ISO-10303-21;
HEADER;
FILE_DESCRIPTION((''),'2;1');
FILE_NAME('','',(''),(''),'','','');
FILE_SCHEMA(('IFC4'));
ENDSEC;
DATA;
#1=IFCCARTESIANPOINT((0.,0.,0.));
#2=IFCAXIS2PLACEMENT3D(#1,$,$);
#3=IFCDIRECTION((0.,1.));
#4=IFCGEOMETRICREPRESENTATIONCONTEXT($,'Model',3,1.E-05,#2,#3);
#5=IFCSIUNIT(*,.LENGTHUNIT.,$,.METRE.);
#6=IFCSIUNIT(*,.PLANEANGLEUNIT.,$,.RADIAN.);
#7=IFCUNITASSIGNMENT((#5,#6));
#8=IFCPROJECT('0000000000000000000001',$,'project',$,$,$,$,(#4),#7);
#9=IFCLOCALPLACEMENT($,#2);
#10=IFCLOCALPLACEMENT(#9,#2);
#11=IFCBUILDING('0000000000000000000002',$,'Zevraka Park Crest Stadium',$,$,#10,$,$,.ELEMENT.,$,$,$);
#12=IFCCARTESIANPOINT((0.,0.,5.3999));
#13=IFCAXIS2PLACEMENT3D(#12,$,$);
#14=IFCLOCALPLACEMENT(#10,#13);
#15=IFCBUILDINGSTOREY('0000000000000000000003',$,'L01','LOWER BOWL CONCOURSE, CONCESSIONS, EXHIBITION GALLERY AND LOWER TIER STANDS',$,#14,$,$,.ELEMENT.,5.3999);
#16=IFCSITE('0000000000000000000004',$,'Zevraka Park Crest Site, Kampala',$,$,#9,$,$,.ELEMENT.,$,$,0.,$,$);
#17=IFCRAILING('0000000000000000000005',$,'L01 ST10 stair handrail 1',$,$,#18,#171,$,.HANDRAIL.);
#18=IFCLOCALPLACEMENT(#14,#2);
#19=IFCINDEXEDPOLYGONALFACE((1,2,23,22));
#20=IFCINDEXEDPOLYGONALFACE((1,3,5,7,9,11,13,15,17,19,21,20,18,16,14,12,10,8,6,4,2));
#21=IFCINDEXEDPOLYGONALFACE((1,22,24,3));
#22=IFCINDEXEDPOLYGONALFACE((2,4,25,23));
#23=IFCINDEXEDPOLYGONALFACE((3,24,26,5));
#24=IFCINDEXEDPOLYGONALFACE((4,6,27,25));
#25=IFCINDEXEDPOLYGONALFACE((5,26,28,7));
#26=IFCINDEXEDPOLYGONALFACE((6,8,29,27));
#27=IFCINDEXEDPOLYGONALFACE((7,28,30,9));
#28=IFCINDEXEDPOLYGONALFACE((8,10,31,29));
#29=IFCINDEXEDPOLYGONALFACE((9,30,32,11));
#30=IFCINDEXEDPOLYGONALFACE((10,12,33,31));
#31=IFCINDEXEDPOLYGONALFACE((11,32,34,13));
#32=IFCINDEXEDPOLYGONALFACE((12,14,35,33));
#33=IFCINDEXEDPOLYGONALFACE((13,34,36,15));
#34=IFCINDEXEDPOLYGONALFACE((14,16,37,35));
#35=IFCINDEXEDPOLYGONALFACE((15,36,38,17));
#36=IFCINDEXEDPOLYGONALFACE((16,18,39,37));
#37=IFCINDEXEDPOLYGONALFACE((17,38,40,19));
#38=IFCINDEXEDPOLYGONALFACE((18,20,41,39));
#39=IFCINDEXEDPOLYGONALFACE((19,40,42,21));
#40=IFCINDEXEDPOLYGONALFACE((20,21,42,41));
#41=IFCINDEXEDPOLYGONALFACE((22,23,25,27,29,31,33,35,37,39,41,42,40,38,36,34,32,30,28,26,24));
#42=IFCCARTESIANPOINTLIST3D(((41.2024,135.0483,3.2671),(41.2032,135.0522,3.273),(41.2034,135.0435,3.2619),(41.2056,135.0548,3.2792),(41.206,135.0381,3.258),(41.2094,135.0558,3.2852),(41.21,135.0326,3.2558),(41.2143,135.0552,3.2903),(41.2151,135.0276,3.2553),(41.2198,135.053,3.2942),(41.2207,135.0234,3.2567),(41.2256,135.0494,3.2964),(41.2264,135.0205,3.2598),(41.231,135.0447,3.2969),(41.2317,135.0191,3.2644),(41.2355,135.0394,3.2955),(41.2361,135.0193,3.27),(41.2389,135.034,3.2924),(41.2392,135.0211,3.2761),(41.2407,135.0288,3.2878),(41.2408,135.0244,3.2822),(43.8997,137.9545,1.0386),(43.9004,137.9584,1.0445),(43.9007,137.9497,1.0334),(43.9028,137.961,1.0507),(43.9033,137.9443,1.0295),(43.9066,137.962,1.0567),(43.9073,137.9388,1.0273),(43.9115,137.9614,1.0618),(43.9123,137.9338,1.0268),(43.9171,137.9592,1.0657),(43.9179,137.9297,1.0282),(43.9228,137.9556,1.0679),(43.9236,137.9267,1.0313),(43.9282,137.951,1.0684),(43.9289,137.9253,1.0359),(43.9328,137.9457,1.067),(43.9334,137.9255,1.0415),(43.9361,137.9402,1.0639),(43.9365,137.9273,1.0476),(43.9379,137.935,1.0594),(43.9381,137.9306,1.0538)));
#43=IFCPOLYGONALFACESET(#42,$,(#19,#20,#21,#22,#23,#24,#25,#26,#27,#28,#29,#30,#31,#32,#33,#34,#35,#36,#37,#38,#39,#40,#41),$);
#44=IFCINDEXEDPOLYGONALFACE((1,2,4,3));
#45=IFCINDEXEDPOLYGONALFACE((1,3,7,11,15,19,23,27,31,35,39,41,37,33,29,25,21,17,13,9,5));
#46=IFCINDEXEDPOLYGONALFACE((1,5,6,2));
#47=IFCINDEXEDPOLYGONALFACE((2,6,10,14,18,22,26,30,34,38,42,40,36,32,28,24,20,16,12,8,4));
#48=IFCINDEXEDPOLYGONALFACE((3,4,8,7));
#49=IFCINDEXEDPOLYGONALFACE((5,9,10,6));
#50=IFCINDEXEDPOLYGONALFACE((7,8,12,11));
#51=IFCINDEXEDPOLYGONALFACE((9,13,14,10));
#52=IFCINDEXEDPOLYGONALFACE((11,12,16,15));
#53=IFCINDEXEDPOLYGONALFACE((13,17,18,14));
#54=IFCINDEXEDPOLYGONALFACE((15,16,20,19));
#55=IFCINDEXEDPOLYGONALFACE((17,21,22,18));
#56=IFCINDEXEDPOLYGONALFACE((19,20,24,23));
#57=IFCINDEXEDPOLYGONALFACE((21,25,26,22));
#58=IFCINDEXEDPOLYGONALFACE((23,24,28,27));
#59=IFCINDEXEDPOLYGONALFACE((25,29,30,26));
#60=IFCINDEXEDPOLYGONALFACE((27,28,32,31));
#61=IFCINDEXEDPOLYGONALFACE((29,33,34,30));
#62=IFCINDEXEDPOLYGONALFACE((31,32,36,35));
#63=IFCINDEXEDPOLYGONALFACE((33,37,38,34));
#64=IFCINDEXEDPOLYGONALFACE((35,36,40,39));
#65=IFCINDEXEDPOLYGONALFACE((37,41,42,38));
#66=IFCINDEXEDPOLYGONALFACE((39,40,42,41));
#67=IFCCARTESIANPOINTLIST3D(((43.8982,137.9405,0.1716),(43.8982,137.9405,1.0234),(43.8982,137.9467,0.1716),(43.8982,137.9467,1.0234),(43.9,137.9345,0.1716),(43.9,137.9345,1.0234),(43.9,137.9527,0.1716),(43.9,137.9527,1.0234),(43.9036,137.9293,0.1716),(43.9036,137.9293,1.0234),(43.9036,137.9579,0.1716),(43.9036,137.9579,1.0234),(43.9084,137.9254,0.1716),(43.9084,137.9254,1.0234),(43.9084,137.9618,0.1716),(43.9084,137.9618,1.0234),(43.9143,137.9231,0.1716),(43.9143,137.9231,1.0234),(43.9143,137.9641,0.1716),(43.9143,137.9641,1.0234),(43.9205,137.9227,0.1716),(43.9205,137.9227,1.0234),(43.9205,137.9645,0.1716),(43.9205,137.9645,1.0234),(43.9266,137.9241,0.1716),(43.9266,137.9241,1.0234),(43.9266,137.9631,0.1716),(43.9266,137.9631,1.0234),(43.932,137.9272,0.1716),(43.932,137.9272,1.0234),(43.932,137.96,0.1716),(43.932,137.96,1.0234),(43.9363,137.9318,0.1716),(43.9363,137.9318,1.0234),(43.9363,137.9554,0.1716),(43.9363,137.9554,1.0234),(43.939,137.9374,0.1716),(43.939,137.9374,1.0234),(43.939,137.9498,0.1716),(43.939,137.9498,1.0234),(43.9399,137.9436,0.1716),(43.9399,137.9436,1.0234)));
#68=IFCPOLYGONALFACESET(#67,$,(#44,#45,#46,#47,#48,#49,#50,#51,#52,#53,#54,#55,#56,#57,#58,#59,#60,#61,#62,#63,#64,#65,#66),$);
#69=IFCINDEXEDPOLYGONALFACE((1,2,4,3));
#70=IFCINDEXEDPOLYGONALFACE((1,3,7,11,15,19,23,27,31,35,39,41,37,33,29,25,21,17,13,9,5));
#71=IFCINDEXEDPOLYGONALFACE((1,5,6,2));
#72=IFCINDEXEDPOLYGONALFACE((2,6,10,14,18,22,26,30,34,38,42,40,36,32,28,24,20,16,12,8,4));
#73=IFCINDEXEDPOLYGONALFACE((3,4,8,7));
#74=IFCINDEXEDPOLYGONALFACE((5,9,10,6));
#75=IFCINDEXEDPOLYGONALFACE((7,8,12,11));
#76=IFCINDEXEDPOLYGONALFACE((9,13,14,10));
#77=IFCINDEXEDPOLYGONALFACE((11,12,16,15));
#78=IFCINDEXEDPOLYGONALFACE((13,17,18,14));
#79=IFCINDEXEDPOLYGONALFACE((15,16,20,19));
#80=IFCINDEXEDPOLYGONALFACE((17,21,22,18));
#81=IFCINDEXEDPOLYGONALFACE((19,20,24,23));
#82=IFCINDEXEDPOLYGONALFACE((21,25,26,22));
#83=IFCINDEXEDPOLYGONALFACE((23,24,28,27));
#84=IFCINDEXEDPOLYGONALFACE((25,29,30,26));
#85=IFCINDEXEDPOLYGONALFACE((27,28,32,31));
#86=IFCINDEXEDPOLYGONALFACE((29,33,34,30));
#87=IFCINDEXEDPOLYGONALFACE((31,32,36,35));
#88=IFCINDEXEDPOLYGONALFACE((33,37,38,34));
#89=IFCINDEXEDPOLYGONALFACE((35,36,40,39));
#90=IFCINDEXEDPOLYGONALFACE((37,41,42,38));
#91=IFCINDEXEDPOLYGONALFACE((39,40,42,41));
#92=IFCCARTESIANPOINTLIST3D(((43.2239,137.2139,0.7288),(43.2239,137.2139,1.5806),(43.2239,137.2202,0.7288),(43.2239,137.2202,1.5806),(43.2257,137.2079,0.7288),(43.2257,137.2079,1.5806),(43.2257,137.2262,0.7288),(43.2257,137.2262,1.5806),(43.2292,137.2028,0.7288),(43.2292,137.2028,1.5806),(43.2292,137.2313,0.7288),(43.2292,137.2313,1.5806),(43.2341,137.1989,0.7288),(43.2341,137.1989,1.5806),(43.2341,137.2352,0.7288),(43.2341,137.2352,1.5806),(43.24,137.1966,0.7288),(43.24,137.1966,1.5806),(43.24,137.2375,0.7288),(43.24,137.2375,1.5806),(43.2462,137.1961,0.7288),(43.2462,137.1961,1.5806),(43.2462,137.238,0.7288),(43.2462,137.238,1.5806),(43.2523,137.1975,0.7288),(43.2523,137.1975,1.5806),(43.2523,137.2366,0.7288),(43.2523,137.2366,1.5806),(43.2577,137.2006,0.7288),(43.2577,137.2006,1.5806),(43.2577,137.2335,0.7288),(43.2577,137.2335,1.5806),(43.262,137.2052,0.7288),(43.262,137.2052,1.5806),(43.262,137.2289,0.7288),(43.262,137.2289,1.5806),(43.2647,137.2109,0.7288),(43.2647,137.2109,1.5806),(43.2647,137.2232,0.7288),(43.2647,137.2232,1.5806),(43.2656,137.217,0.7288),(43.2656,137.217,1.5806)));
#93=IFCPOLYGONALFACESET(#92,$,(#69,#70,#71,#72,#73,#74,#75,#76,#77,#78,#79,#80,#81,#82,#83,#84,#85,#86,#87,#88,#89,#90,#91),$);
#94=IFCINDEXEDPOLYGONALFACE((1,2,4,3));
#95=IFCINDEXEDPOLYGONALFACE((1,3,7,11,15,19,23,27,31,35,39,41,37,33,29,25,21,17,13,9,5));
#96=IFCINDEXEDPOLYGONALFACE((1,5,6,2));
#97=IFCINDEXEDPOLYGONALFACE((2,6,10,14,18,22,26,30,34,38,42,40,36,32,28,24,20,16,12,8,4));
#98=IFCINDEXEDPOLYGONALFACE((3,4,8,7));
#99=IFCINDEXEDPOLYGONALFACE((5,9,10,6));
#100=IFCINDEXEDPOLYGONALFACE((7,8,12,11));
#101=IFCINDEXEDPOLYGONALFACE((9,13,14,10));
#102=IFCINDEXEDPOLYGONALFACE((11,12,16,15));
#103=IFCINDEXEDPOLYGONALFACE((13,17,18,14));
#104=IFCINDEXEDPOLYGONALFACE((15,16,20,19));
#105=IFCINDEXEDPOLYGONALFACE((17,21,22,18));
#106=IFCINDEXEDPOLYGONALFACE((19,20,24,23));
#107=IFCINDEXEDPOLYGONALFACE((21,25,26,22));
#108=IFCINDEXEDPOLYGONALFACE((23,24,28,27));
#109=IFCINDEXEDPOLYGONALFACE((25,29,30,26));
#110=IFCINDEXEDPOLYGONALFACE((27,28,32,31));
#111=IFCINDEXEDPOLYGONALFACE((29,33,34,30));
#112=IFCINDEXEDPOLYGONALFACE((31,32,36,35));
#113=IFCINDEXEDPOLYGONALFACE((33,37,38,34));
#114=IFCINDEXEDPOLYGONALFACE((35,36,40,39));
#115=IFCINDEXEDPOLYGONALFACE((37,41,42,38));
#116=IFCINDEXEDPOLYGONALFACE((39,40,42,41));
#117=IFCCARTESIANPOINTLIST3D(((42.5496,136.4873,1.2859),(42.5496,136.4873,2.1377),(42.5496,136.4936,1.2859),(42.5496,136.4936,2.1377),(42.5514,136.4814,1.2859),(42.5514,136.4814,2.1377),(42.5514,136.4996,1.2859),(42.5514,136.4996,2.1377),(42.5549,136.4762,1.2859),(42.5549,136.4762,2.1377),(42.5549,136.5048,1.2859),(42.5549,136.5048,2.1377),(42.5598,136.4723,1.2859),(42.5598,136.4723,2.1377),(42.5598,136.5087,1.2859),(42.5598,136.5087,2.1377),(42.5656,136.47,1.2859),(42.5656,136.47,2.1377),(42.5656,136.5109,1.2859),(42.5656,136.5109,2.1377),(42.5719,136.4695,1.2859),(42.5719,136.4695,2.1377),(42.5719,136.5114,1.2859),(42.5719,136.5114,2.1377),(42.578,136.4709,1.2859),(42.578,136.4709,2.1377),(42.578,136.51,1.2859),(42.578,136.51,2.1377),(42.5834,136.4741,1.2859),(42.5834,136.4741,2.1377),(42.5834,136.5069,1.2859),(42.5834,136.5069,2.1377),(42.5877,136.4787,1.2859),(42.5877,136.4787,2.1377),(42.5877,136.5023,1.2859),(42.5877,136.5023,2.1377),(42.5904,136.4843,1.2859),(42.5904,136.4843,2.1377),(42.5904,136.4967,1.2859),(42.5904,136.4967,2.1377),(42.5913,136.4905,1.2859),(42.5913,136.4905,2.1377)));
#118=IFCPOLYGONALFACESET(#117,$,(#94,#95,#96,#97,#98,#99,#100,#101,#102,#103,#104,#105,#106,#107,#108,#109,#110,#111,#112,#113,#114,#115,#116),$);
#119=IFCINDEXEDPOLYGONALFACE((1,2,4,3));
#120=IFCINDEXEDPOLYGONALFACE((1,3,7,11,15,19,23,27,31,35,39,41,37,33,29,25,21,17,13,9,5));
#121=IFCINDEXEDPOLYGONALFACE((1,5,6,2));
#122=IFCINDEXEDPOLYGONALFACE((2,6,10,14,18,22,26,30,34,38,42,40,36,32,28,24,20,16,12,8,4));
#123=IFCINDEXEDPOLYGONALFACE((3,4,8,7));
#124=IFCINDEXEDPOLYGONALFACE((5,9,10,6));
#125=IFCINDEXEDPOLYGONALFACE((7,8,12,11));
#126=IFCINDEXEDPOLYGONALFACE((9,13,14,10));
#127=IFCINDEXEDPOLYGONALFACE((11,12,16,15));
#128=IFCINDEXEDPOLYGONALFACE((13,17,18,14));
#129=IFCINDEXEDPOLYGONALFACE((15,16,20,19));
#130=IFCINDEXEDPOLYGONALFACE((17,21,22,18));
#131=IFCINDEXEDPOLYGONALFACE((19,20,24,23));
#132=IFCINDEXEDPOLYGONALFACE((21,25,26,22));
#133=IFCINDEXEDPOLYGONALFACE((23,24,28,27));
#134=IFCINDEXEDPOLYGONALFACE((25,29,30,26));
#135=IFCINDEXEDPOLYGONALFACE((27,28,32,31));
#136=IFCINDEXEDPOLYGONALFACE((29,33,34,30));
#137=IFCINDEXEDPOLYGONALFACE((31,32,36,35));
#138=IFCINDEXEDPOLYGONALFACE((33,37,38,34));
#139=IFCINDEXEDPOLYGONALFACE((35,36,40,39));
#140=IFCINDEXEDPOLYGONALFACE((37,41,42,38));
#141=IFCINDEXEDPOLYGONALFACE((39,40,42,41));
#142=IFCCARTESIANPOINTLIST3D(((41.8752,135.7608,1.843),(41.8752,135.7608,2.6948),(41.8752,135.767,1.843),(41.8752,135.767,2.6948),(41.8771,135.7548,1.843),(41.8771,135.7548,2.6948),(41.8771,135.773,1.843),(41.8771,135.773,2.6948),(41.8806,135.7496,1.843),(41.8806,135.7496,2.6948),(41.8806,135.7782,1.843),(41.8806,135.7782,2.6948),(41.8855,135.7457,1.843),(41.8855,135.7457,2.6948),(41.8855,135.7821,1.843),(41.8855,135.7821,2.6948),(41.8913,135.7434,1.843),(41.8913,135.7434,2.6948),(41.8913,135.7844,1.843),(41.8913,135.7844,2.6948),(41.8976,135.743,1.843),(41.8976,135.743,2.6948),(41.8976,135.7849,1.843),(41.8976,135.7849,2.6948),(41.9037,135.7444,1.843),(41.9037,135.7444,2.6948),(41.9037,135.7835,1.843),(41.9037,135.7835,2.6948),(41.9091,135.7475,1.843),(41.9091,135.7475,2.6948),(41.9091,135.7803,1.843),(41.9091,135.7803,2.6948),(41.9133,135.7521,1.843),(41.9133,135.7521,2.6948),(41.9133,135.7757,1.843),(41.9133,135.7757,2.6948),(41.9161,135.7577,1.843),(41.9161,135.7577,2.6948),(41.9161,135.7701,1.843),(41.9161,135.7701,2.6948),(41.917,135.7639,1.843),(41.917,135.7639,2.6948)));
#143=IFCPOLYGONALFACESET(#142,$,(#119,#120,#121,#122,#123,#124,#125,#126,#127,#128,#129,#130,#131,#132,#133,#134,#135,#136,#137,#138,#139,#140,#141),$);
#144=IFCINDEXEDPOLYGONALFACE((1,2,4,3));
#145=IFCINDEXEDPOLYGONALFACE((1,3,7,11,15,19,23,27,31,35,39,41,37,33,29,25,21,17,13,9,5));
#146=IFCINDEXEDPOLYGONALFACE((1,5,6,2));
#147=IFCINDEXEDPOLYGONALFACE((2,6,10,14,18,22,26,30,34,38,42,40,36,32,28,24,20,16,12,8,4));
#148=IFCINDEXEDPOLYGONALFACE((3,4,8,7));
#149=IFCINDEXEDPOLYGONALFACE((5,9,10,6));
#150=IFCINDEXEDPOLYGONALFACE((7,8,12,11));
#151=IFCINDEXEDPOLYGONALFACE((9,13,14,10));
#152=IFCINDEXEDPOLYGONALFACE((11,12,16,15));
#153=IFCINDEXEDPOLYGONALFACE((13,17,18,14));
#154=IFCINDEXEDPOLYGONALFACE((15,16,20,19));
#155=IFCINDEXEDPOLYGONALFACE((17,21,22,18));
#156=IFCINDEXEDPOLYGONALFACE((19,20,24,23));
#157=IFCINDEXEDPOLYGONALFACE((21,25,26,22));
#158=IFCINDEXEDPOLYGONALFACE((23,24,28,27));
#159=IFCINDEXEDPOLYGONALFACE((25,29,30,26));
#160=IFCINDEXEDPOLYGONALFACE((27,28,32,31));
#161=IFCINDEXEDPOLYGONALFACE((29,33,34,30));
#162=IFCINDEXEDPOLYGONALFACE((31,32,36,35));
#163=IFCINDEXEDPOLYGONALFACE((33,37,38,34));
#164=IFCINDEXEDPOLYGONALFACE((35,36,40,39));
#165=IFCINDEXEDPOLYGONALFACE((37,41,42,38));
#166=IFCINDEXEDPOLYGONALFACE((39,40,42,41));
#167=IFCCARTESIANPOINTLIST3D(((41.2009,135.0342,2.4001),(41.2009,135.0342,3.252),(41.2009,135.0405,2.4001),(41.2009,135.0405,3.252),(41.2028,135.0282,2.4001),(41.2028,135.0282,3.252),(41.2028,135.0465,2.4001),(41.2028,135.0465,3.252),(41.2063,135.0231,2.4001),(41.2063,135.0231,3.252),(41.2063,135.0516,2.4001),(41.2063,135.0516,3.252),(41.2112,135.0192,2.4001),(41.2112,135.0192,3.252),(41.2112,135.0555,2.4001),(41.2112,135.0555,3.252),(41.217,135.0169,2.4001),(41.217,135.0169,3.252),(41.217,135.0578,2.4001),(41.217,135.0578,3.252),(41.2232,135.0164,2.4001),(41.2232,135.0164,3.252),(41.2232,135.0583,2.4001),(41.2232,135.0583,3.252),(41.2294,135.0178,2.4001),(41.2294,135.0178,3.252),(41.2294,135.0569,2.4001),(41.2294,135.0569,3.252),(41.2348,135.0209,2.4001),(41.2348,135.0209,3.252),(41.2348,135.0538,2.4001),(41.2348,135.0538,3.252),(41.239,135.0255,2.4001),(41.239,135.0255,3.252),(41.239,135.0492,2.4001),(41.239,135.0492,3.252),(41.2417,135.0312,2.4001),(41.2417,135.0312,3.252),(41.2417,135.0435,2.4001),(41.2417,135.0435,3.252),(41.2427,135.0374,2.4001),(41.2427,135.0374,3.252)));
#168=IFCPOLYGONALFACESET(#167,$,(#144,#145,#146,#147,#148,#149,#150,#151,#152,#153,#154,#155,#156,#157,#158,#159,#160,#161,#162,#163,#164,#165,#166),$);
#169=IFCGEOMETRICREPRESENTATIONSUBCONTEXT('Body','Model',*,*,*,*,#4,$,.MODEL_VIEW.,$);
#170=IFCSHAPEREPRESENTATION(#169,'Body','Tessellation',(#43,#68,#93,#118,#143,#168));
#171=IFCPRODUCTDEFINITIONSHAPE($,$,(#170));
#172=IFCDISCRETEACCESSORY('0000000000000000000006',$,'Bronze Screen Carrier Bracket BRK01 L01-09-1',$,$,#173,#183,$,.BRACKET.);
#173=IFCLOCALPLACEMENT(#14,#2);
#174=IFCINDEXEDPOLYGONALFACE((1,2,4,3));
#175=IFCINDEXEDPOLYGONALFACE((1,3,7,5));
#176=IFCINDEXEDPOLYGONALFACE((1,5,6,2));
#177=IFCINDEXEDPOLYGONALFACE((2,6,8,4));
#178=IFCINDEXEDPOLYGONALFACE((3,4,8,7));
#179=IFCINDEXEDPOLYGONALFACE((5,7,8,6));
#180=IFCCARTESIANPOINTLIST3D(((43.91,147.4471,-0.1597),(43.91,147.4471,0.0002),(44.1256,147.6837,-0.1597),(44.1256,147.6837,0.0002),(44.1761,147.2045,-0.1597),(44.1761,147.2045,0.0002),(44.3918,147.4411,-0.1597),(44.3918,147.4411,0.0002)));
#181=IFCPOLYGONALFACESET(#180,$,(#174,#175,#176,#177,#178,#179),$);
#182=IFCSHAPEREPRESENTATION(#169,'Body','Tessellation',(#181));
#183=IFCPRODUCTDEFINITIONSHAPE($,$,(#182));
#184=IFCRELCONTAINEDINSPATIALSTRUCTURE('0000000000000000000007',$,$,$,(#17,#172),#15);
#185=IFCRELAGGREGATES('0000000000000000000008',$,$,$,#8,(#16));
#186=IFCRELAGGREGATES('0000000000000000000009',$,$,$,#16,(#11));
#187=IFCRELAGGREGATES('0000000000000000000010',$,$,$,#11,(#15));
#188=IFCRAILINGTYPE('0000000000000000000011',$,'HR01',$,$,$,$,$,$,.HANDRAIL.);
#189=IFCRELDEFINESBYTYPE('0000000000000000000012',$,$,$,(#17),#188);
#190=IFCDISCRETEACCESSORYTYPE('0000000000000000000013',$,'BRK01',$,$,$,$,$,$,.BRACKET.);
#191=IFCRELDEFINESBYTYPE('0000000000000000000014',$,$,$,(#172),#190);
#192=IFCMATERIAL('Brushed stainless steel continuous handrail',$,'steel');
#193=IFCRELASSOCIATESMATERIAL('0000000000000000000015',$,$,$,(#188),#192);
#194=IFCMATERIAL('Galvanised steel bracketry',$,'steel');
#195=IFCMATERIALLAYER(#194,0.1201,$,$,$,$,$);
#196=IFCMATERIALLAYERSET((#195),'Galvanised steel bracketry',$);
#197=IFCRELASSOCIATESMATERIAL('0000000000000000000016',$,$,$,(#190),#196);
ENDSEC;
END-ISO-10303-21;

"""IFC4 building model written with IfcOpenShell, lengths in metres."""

from ifc_helpers import new_model, si_unit, direction, frame, origin, origin_2d, place, context, subcontext, project, spatial, rectangle, circle, extrude, material, layer, layer_set, type_object, element, save


model = new_model("IFC4")

# Units and contexts
model_context = context("Model", 3, precision=1e-05, world=origin(), true_north=direction((0.0, 1.0)))
body_context = subcontext(model_context, "Body", "Model", "MODEL_VIEW")
ifc_project = project(units=[si_unit("LENGTHUNIT", "METRE"), si_unit("PLANEANGLEUNIT", "RADIAN")], contexts=[model_context])

# Site, building, storey
site_placement = place(None, origin())
site = spatial("IfcSite", under=ifc_project, at=site_placement, Name="Zevraka Park Crest Site, Kampala", CompositionType="ELEMENT", RefElevation=0.0)
building_placement = place(site_placement, origin())
building = spatial("IfcBuilding", under=site, at=building_placement, Name="Zevraka Park Crest Stadium", CompositionType="ELEMENT")
storey_placement = place(building_placement, frame((0.0, 0.0, 5.3999)))
storey = spatial("IfcBuildingStorey", under=building, at=storey_placement, Name="L01", Description="LOWER BOWL CONCOURSE, CONCESSIONS, EXHIBITION GALLERY AND LOWER TIER STANDS", CompositionType="ELEMENT", Elevation=5.3999)

# Railing
ifc_material_1 = material(Name="Brushed stainless steel continuous handrail", Category="steel")
railing_type_1 = type_object("IfcRailingType", Name="HR01", PredefinedType="HANDRAIL", material=ifc_material_1)
railing_1_placement = place(storey_placement, frame((43.9189, 137.9436, 0.1716)))
element("IfcRailing", 1, at=railing_1_placement, inside=storey, type_object=railing_type_1, Name="L01 ST10 stair handrail 1", PredefinedType="HANDRAIL", context=body_context, shape_type="SweptSolid", body=[
    extrude(circle(Radius=0.0239, at=origin_2d()), frame((0.0, 0.0, 0.876), z_axis=(-0.593016, -0.638963, 0.489957), x_axis=(0.732969, -0.680262, 0.0)), (0.0, 0.0, 1.0), 4.5483),
    extrude(circle(Radius=0.021, at=origin_2d()), origin(), (0.0, 0.0, 1.0), 0.8518),
    extrude(circle(Radius=0.021, at=origin_2d()), frame((-0.6743, -0.7266, 0.5571)), (0.0, 0.0, 1.0), 0.8518),
    extrude(circle(Radius=0.021, at=origin_2d()), frame((-1.3486, -1.4531, 1.1143)), (0.0, 0.0, 1.0), 0.8518),
    extrude(circle(Radius=0.021, at=origin_2d()), frame((-2.0229, -2.1797, 1.6714)), (0.0, 0.0, 1.0), 0.8518),
    extrude(circle(Radius=0.021, at=origin_2d()), frame((-2.6973, -2.9062, 2.2285)), (0.0, 0.0, 1.0), 0.8518),
])

# Discrete accessory
ifc_material_2 = material(Name="Galvanised steel bracketry", Category="steel")
ifc_layer_1 = layer(ifc_material_2, 0.1201)
ifc_layer_set_1 = layer_set([ifc_layer_1], Name="Galvanised steel bracketry")
discrete_accessory_type = type_object("IfcDiscreteAccessoryType", Name="BRK01", PredefinedType="BRACKET", material=ifc_layer_set_1)
discrete_accessory_placement = place(storey_placement, frame((44.1509, 147.4441, -0.1597), z_axis=(0.0, 0.0, 1.0), x_axis=(-0.673658, -0.739043, 0.0)))
element("IfcDiscreteAccessory", 2, at=discrete_accessory_placement, inside=storey, type_object=discrete_accessory_type, Name="Bronze Screen Carrier Bracket BRK01 L01-09-1", PredefinedType="BRACKET", context=body_context, shape_type="SweptSolid", body=[
    extrude(rectangle(XDim=0.3201, YDim=0.3601, at=origin_2d()), origin(), (0.0, 0.0, 1.0), 0.1599),
])

save(model, "model.ifc")
